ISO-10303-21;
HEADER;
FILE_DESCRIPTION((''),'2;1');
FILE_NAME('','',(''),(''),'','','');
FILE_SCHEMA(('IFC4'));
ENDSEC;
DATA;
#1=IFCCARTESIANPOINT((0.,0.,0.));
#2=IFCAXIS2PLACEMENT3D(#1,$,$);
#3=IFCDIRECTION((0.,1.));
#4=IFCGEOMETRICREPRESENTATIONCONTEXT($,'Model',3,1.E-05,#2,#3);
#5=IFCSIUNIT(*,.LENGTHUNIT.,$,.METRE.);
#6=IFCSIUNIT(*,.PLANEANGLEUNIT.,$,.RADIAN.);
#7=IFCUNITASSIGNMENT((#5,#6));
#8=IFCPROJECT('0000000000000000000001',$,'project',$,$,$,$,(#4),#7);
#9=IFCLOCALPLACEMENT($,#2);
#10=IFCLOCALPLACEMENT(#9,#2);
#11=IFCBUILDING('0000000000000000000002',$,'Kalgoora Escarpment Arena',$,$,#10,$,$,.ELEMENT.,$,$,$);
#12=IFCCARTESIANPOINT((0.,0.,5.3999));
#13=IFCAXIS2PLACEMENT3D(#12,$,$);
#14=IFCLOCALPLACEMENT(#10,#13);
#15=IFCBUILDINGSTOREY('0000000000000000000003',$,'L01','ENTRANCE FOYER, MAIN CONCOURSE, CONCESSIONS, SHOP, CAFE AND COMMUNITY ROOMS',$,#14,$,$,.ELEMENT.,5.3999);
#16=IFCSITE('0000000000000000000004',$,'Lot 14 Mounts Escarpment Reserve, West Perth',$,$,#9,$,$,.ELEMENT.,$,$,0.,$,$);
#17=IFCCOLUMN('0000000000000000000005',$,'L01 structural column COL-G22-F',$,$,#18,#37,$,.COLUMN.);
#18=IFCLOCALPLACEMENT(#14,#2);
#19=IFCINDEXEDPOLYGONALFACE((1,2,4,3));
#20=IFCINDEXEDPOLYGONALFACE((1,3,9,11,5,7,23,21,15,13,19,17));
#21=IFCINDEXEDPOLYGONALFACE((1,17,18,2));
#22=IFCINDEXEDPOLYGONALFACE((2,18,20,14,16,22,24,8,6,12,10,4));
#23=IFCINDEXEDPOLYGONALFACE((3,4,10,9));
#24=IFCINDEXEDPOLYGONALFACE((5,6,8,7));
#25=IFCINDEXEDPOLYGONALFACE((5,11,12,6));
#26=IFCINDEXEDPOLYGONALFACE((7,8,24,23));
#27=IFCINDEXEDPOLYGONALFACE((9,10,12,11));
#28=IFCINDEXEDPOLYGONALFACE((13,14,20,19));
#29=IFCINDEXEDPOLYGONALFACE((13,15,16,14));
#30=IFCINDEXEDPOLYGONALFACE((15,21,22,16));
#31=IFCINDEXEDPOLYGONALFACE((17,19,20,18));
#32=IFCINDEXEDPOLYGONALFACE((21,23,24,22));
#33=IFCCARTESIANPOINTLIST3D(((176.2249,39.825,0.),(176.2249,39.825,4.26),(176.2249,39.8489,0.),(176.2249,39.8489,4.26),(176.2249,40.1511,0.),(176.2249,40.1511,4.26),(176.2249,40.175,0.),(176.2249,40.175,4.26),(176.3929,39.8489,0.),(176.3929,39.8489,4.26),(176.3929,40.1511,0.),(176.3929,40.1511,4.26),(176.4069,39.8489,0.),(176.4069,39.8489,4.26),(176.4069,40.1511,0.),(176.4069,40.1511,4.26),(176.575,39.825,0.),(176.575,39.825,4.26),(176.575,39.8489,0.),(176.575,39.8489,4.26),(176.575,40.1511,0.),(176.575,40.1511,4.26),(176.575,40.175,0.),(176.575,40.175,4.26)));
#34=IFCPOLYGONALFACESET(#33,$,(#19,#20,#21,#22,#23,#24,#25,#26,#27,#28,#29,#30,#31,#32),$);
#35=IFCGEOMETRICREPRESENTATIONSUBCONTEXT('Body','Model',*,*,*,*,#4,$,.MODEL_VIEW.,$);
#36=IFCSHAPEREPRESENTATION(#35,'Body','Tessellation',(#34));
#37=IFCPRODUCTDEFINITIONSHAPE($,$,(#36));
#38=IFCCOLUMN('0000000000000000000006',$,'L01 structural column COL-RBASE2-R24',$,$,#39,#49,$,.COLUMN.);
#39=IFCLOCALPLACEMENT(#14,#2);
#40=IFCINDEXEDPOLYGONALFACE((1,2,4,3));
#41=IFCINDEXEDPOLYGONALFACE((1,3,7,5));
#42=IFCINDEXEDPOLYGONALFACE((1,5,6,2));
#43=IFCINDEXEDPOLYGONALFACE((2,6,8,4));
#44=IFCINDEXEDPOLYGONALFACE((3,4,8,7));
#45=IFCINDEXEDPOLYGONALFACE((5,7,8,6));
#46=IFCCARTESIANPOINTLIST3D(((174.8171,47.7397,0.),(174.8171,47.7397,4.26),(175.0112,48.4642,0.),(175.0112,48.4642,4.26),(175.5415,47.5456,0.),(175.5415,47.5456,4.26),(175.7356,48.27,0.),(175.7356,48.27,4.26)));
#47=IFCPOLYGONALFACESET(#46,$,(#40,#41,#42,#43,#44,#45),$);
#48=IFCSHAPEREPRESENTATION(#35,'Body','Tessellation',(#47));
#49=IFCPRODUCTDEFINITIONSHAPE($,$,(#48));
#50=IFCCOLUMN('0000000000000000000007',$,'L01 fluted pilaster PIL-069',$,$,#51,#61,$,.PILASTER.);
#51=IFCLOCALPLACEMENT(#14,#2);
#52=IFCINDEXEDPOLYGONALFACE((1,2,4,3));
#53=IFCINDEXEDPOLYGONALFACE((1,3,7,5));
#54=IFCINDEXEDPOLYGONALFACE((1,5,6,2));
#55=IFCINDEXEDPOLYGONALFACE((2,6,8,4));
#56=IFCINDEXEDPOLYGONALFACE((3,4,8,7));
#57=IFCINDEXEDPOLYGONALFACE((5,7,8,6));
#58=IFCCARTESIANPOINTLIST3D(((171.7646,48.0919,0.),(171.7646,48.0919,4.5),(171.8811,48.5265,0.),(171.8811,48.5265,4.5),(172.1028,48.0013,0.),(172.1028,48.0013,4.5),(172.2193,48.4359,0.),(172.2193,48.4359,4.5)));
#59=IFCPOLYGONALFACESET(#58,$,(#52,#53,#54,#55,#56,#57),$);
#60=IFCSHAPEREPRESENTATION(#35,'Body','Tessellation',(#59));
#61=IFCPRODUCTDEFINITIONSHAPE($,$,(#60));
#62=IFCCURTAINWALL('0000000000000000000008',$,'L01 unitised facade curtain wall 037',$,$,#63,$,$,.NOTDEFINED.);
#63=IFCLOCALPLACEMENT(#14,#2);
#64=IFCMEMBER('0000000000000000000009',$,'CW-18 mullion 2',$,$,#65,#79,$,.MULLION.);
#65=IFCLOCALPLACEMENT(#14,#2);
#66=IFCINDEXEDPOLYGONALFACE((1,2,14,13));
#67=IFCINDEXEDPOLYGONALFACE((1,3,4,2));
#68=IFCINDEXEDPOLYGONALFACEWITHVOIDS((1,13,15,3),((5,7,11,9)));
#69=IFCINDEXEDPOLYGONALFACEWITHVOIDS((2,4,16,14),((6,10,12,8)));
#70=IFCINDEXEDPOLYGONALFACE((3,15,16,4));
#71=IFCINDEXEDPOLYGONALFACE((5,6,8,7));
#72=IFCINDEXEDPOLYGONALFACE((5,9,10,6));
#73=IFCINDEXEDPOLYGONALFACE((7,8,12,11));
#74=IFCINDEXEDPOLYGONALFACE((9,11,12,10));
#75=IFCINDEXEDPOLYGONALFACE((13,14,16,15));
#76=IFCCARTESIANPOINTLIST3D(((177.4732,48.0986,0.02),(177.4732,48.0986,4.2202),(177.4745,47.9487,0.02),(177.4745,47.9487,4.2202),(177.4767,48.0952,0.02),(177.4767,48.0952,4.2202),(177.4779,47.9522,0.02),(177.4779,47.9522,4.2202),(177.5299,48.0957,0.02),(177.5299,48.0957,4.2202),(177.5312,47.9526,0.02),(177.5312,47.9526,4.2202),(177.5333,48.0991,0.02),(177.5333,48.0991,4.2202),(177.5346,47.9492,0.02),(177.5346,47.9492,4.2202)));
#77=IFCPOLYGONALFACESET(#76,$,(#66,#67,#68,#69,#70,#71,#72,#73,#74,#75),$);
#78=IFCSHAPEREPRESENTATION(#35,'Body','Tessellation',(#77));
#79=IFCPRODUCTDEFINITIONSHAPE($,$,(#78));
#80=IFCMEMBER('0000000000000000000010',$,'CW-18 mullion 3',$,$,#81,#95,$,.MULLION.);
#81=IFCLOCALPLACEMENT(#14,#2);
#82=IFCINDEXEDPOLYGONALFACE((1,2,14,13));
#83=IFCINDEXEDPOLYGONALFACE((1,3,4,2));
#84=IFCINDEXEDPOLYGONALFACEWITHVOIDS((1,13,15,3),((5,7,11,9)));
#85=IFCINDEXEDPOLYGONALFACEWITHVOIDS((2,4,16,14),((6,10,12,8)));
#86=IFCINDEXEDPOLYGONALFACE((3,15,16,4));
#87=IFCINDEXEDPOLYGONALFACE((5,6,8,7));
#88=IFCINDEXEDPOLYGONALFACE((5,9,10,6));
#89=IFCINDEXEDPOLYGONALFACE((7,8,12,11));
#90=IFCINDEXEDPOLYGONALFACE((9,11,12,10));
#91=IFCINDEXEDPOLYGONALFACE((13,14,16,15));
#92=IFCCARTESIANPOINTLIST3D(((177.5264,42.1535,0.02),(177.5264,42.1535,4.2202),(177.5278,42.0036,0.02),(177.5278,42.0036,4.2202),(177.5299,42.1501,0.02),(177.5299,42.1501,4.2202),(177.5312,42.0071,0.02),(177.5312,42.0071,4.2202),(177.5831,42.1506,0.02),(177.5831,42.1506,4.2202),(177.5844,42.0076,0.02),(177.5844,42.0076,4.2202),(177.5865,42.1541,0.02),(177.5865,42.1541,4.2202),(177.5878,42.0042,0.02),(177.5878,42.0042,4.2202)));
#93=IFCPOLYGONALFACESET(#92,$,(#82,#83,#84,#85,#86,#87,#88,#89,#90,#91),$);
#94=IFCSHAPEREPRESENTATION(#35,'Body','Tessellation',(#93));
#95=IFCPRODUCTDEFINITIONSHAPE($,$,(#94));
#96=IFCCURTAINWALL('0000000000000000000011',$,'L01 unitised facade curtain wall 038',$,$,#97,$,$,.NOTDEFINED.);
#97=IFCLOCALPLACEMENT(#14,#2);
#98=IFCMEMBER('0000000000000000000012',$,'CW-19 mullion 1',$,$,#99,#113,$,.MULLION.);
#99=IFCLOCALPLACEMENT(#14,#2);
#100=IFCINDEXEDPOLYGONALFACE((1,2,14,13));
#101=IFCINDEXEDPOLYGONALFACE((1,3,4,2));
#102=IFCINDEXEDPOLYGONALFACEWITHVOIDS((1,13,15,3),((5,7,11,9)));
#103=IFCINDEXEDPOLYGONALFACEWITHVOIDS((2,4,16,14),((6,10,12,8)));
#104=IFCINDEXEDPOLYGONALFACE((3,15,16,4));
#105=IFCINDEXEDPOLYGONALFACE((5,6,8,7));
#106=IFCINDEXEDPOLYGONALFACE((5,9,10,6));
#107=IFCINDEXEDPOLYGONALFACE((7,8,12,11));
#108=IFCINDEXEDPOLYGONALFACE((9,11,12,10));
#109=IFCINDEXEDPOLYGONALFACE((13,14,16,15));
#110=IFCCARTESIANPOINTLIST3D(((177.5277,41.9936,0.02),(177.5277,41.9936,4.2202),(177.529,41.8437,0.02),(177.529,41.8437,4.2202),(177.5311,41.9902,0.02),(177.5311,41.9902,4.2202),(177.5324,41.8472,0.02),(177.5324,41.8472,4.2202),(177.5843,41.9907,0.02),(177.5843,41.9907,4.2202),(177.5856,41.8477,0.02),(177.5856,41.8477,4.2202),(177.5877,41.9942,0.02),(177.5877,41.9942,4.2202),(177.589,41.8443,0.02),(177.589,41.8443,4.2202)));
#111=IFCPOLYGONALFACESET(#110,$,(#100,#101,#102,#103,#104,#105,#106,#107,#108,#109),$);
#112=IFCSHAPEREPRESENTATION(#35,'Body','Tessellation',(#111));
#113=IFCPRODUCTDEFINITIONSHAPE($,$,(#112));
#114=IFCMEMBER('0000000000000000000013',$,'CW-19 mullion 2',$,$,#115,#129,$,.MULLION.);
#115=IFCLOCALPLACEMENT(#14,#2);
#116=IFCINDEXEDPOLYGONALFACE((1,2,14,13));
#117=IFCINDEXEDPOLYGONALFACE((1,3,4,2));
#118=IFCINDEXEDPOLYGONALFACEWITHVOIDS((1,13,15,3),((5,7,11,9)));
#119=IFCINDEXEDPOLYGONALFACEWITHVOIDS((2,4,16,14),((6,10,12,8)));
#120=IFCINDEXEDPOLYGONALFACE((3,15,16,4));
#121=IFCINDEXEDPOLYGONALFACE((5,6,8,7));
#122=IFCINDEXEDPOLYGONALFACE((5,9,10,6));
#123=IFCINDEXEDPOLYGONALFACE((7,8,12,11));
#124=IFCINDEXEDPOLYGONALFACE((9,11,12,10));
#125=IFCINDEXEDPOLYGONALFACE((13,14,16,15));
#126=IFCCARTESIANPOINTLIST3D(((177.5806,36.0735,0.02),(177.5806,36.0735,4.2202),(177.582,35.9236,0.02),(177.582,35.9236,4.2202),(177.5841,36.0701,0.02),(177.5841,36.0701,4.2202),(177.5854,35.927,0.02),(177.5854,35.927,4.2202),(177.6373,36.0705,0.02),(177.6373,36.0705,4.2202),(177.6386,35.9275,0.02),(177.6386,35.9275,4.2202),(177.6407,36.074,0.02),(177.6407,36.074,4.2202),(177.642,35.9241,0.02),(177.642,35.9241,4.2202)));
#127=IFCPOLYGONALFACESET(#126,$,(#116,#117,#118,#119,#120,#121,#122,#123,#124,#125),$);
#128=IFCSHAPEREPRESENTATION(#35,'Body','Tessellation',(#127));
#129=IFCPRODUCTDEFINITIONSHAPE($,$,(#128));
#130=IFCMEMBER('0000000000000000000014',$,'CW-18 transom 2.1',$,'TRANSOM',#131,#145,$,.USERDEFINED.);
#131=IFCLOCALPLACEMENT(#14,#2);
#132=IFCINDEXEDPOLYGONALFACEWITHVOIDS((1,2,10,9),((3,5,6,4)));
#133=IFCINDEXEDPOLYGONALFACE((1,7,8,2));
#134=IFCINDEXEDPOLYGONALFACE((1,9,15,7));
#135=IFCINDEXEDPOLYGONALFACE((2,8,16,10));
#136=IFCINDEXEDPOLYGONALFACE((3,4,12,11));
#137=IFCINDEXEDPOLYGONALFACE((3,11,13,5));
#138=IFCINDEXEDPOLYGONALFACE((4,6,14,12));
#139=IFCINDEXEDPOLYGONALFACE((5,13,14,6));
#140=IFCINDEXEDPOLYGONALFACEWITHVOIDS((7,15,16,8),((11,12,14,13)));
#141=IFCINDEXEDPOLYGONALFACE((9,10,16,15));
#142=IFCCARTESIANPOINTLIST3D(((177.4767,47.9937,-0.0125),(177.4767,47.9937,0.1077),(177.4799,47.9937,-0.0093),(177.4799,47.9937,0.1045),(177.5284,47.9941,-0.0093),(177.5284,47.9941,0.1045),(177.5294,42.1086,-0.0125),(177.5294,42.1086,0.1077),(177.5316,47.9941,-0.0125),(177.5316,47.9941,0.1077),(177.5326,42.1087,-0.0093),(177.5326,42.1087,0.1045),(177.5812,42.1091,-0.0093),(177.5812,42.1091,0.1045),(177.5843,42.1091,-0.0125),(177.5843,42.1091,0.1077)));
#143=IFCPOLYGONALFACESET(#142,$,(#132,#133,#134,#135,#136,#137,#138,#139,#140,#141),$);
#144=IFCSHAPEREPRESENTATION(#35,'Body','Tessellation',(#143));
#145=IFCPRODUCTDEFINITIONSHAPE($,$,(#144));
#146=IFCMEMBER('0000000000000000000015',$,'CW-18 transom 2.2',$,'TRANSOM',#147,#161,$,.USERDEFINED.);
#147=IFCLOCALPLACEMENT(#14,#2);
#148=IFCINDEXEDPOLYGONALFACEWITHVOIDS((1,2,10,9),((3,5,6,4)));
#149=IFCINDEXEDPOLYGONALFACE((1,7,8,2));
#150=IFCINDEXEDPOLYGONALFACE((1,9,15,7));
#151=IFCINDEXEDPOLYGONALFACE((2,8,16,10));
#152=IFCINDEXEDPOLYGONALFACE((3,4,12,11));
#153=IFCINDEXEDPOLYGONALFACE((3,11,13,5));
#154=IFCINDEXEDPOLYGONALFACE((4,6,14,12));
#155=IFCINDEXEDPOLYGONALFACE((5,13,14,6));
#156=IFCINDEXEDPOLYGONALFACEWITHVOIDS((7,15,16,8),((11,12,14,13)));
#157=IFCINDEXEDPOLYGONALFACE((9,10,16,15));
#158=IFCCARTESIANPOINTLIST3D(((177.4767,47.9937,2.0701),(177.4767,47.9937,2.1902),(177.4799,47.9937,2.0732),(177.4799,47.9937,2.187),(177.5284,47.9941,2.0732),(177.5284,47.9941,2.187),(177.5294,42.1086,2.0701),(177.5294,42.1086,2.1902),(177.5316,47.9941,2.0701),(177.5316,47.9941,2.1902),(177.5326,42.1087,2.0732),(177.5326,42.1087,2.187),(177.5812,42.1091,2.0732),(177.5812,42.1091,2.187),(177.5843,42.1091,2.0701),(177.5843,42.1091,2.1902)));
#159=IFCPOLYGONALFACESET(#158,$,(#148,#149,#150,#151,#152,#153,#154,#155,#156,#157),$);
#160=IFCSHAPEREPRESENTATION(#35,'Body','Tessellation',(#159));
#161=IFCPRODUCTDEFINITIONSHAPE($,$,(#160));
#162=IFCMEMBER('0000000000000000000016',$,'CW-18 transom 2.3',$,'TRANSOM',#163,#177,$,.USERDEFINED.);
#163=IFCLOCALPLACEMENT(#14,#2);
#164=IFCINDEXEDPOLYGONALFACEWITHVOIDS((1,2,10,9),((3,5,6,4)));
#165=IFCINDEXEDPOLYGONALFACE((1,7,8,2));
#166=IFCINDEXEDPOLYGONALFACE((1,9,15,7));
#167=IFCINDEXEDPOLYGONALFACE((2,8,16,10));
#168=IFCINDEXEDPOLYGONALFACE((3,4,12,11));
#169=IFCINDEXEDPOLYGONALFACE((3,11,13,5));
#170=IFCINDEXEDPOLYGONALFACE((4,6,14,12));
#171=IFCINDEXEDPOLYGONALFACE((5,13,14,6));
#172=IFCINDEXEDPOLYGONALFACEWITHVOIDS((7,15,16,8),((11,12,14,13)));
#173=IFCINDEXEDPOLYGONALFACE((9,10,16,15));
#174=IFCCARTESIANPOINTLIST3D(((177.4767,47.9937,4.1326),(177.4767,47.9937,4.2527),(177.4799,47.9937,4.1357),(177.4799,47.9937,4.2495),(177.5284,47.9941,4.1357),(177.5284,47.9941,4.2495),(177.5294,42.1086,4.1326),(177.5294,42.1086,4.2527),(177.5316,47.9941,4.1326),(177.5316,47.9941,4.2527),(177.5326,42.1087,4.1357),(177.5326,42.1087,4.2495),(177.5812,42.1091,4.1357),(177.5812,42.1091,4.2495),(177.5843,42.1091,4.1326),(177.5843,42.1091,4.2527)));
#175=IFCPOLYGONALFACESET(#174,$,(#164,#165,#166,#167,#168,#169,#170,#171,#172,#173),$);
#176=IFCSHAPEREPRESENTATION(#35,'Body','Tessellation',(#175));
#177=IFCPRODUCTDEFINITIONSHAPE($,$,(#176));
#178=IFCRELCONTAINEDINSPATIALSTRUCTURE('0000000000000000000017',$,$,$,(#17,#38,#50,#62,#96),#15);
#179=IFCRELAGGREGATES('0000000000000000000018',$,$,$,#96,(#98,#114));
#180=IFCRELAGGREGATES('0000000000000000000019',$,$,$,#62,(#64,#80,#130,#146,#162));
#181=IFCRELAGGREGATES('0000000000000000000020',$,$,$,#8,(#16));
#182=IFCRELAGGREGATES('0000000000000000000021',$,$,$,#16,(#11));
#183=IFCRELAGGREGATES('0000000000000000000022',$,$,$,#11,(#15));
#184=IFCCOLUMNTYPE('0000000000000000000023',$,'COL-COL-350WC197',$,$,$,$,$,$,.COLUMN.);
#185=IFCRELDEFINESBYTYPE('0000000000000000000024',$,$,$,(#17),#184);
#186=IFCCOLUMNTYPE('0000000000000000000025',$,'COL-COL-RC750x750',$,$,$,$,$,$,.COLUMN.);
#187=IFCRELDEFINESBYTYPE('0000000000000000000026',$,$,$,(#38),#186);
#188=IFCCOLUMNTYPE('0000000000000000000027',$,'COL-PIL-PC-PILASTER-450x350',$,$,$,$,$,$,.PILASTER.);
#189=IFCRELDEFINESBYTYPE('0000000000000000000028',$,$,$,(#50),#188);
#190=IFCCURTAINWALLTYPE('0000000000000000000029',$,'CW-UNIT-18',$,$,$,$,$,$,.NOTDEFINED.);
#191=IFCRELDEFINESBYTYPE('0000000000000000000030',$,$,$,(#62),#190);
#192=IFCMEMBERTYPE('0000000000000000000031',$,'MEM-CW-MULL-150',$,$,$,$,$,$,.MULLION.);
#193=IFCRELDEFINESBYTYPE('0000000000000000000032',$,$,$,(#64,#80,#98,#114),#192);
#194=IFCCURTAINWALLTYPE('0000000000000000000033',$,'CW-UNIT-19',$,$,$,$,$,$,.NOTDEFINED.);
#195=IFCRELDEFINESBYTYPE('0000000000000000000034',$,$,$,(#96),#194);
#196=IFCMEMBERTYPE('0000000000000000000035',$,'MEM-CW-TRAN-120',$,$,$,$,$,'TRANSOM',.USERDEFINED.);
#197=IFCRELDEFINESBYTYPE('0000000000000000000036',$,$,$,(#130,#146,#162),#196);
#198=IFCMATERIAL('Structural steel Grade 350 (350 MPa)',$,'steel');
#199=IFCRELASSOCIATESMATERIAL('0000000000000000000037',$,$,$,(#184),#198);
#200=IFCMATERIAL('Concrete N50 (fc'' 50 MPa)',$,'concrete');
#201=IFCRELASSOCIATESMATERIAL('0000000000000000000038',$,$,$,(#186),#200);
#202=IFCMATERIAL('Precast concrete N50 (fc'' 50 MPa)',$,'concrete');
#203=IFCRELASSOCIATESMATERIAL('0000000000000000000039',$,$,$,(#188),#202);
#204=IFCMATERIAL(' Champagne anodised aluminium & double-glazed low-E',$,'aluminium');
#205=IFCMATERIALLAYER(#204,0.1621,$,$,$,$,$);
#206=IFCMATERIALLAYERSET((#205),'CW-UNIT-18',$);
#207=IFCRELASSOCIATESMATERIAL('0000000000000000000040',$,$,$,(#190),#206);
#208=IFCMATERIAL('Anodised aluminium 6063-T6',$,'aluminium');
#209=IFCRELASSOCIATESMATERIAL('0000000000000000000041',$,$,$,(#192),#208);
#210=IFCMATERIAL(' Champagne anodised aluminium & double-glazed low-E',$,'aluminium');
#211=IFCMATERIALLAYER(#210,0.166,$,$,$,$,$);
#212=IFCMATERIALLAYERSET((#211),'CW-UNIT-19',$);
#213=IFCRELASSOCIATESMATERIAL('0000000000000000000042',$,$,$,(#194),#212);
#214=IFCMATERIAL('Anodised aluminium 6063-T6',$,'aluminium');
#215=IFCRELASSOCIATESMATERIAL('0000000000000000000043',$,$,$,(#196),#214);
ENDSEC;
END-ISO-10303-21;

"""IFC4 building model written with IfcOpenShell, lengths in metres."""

from ifc_helpers import new_model, si_unit, direction, frame, origin, origin_2d, place, context, subcontext, project, spatial, rectangle, hollow_rectangle, i_section, extrude, material, layer, layer_set, material_profile, profile_set, type_object, element, aggregate, save


model = new_model("IFC4")

# Units and contexts
model_context = context("Model", 3, precision=1e-05, world=origin(), true_north=direction((0.0, 1.0)))
body_context = subcontext(model_context, "Body", "Model", "MODEL_VIEW")
ifc_project = project(units=[si_unit("LENGTHUNIT", "METRE"), si_unit("PLANEANGLEUNIT", "RADIAN")], contexts=[model_context])

# Site, building, storey
site_placement = place(None, origin())
site = spatial("IfcSite", under=ifc_project, at=site_placement, Name="Lot 14 Mounts Escarpment Reserve, West Perth", CompositionType="ELEMENT", RefElevation=0.0)
building_placement = place(site_placement, origin())
building = spatial("IfcBuilding", under=site, at=building_placement, Name="Kalgoora Escarpment Arena", CompositionType="ELEMENT")
storey_placement = place(building_placement, frame((0.0, 0.0, 5.3999)))
storey = spatial("IfcBuildingStorey", under=building, at=storey_placement, Name="L01", Description="ENTRANCE FOYER, MAIN CONCOURSE, CONCESSIONS, SHOP, CAFE AND COMMUNITY ROOMS", CompositionType="ELEMENT", Elevation=5.3999)

# Columns
ifc_material_1 = material(Name="Structural steel Grade 350 (350 MPa)", Category="steel")
ifc_material_profile_1 = material_profile(ifc_material_1, i_section(OverallWidth=0.3501, OverallDepth=0.3501, WebThickness=0.0139, FlangeThickness=0.0239, at=origin_2d()))
ifc_profile_set_1 = profile_set([ifc_material_profile_1], Name="Structural steel Grade 350 (350 MPa)")
column_type_1 = type_object("IfcColumnType", Name="COL-COL-350WC197", PredefinedType="COLUMN", material=ifc_profile_set_1)
column_1_placement = place(storey_placement, frame((176.3999, 40.0, 0.0), z_axis=(0.0, 0.0, 1.0), x_axis=(1.0, 0.0, 0.0)))
element("IfcColumn", 1, at=column_1_placement, inside=storey, type_object=column_type_1, Name="L01 structural column COL-G22-F", PredefinedType="COLUMN", context=body_context, shape_type="SweptSolid", body=[
    extrude(i_section(OverallWidth=0.3501, OverallDepth=0.3501, WebThickness=0.0139, FlangeThickness=0.0239, at=origin_2d()), origin(), (0.0, 0.0, 1.0), 4.26),
])
ifc_material_2 = material(Name="Concrete N50 (fc' 50 MPa)", Category="concrete")
ifc_material_profile_2 = material_profile(ifc_material_2, rectangle(XDim=0.75, YDim=0.75, at=origin_2d()))
ifc_profile_set_2 = profile_set([ifc_material_profile_2], Name="Concrete N50 (fc' 50 MPa)")
column_type_2 = type_object("IfcColumnType", Name="COL-COL-RC750x750", PredefinedType="COLUMN", material=ifc_profile_set_2)
column_2_placement = place(storey_placement, frame((175.2764, 48.0049, 0.0), z_axis=(0.0, 0.0, 1.0), x_axis=(0.965926, -0.258819, 0.0)))
element("IfcColumn", 2, at=column_2_placement, inside=storey, type_object=column_type_2, Name="L01 structural column COL-RBASE2-R24", PredefinedType="COLUMN", context=body_context, shape_type="SweptSolid", body=[
    extrude(rectangle(XDim=0.75, YDim=0.75, at=origin_2d()), origin(), (0.0, 0.0, 1.0), 4.26),
])
ifc_material_3 = material(Name="Precast concrete N50 (fc' 50 MPa)", Category="concrete")
ifc_material_profile_3 = material_profile(ifc_material_3, rectangle(XDim=0.3501, YDim=0.45, at=origin_2d()))
ifc_profile_set_3 = profile_set([ifc_material_profile_3], Name="Precast concrete N50 (fc' 50 MPa)")
column_type_3 = type_object("IfcColumnType", Name="COL-PIL-PC-PILASTER-450x350", PredefinedType="PILASTER", material=ifc_profile_set_3)
column_3_placement = place(storey_placement, frame((171.9919, 48.2639, 0.0), z_axis=(0.0, 0.0, 1.0), x_axis=(0.965926, -0.258819, 0.0)))
element("IfcColumn", 3, at=column_3_placement, inside=storey, type_object=column_type_3, Name="L01 fluted pilaster PIL-069", PredefinedType="PILASTER", context=body_context, shape_type="SweptSolid", body=[
    extrude(rectangle(XDim=0.3501, YDim=0.45, at=origin_2d()), origin(), (0.0, 0.0, 1.0), 4.5),
])

# Curtain walls, members
ifc_material_4 = material(Name=" Champagne anodised aluminium & double-glazed low-E", Category="aluminium")
ifc_layer_1 = layer(ifc_material_4, 0.1621)
ifc_layer_set_1 = layer_set([ifc_layer_1], Name="CW-UNIT-18")
curtain_wall_type_1 = type_object("IfcCurtainWallType", Name="CW-UNIT-18", PredefinedType="NOTDEFINED", material=ifc_layer_set_1)
curtain_wall_1_placement = place(storey_placement, origin())
curtain_wall_1 = element("IfcCurtainWall", 4, at=curtain_wall_1_placement, inside=storey, type_object=curtain_wall_type_1, Name="L01 unitised facade curtain wall 037", PredefinedType="NOTDEFINED")
ifc_material_5 = material(Name="Anodised aluminium 6063-T6", Category="aluminium")
ifc_material_profile_4 = material_profile(ifc_material_5, hollow_rectangle(XDim=0.0601, YDim=0.1499, WallThickness=0.0034, at=origin_2d()))
ifc_profile_set_4 = profile_set([ifc_material_profile_4], Name="Anodised aluminium 6063-T6")
member_type_1 = type_object("IfcMemberType", Name="MEM-CW-MULL-150", PredefinedType="MULLION", material=ifc_profile_set_4)
member_1_placement = place(storey_placement, frame((177.5039, 48.0239, 0.02), z_axis=(0.0, 0.0, 1.0), x_axis=(0.99996, 0.008954, 0.0)))
member_1 = element("IfcMember", 5, at=member_1_placement, type_object=member_type_1, Name="CW-18 mullion 2", PredefinedType="MULLION", context=body_context, shape_type="SweptSolid", body=[
    extrude(hollow_rectangle(XDim=0.0601, YDim=0.1499, WallThickness=0.0034, at=origin_2d()), origin(), (0.0, 0.0, 1.0), 4.2002),
])
member_2_placement = place(storey_placement, frame((177.5571, 42.0789, 0.02), z_axis=(0.0, 0.0, 1.0), x_axis=(0.99996, 0.008954, 0.0)))
member_2 = element("IfcMember", 6, at=member_2_placement, type_object=member_type_1, Name="CW-18 mullion 3", PredefinedType="MULLION", context=body_context, shape_type="SweptSolid", body=[
    extrude(hollow_rectangle(XDim=0.0601, YDim=0.1499, WallThickness=0.0034, at=origin_2d()), origin(), (0.0, 0.0, 1.0), 4.2002),
])
ifc_material_6 = material(Name=" Champagne anodised aluminium & double-glazed low-E", Category="aluminium")
ifc_layer_2 = layer(ifc_material_6, 0.166)
ifc_layer_set_2 = layer_set([ifc_layer_2], Name="CW-UNIT-19")
curtain_wall_type_2 = type_object("IfcCurtainWallType", Name="CW-UNIT-19", PredefinedType="NOTDEFINED", material=ifc_layer_set_2)
curtain_wall_2_placement = place(storey_placement, origin())
curtain_wall_2 = element("IfcCurtainWall", 7, at=curtain_wall_2_placement, inside=storey, type_object=curtain_wall_type_2, Name="L01 unitised facade curtain wall 038", PredefinedType="NOTDEFINED")
member_3_placement = place(storey_placement, frame((177.5583, 41.9189, 0.02), z_axis=(0.0, 0.0, 1.0), x_axis=(0.99996, 0.008949, 0.0)))
member_3 = element("IfcMember", 8, at=member_3_placement, type_object=member_type_1, Name="CW-19 mullion 1", PredefinedType="MULLION", context=body_context, shape_type="SweptSolid", body=[
    extrude(hollow_rectangle(XDim=0.0601, YDim=0.1499, WallThickness=0.0034, at=origin_2d()), origin(), (0.0, 0.0, 1.0), 4.2002),
])
member_4_placement = place(storey_placement, frame((177.6113, 35.9988, 0.02), z_axis=(0.0, 0.0, 1.0), x_axis=(0.99996, 0.008949, 0.0)))
member_4 = element("IfcMember", 9, at=member_4_placement, type_object=member_type_1, Name="CW-19 mullion 2", PredefinedType="MULLION", context=body_context, shape_type="SweptSolid", body=[
    extrude(hollow_rectangle(XDim=0.0601, YDim=0.1499, WallThickness=0.0034, at=origin_2d()), origin(), (0.0, 0.0, 1.0), 4.2002),
])

# Members
ifc_material_7 = material(Name="Anodised aluminium 6063-T6", Category="aluminium")
ifc_material_profile_5 = material_profile(ifc_material_7, hollow_rectangle(XDim=0.0549, YDim=0.1201, WallThickness=0.0032, at=origin_2d()))
ifc_profile_set_5 = profile_set([ifc_material_profile_5], Name="Anodised aluminium 6063-T6")
member_type_2 = type_object("IfcMemberType", Name="MEM-CW-TRAN-120", ElementType="TRANSOM", PredefinedType="USERDEFINED", material=ifc_profile_set_5)
member_5_placement = place(storey_placement, frame((177.5042, 47.9939, 0.0476), z_axis=(0.00896, -0.99996, 0.0), x_axis=(0.99996, 0.00896, 0.0)))
member_5 = element("IfcMember", 10, at=member_5_placement, type_object=member_type_2, Name="CW-18 transom 2.1", ObjectType="TRANSOM", PredefinedType="USERDEFINED", context=body_context, shape_type="SweptSolid", body=[
    extrude(hollow_rectangle(XDim=0.0549, YDim=0.1201, WallThickness=0.0032, at=origin_2d()), origin(), (0.0, 0.0, 1.0), 5.8853),
])
member_6_placement = place(storey_placement, frame((177.5042, 47.9939, 2.1301), z_axis=(0.00896, -0.99996, 0.0), x_axis=(0.99996, 0.00896, 0.0)))
member_6 = element("IfcMember", 11, at=member_6_placement, type_object=member_type_2, Name="CW-18 transom 2.2", ObjectType="TRANSOM", PredefinedType="USERDEFINED", context=body_context, shape_type="SweptSolid", body=[
    extrude(hollow_rectangle(XDim=0.0549, YDim=0.1201, WallThickness=0.0032, at=origin_2d()), origin(), (0.0, 0.0, 1.0), 5.8853),
])
member_7_placement = place(storey_placement, frame((177.5042, 47.9939, 4.1926), z_axis=(0.00896, -0.99996, 0.0), x_axis=(0.99996, 0.00896, 0.0)))
member_7 = element("IfcMember", 12, at=member_7_placement, type_object=member_type_2, Name="CW-18 transom 2.3", ObjectType="TRANSOM", PredefinedType="USERDEFINED", context=body_context, shape_type="SweptSolid", body=[
    extrude(hollow_rectangle(XDim=0.0549, YDim=0.1201, WallThickness=0.0032, at=origin_2d()), origin(), (0.0, 0.0, 1.0), 5.8853),
])

aggregate(curtain_wall_2, [member_3, member_4])
aggregate(curtain_wall_1, [member_1, member_2, member_5, member_6, member_7])

save(model, "model.ifc")
